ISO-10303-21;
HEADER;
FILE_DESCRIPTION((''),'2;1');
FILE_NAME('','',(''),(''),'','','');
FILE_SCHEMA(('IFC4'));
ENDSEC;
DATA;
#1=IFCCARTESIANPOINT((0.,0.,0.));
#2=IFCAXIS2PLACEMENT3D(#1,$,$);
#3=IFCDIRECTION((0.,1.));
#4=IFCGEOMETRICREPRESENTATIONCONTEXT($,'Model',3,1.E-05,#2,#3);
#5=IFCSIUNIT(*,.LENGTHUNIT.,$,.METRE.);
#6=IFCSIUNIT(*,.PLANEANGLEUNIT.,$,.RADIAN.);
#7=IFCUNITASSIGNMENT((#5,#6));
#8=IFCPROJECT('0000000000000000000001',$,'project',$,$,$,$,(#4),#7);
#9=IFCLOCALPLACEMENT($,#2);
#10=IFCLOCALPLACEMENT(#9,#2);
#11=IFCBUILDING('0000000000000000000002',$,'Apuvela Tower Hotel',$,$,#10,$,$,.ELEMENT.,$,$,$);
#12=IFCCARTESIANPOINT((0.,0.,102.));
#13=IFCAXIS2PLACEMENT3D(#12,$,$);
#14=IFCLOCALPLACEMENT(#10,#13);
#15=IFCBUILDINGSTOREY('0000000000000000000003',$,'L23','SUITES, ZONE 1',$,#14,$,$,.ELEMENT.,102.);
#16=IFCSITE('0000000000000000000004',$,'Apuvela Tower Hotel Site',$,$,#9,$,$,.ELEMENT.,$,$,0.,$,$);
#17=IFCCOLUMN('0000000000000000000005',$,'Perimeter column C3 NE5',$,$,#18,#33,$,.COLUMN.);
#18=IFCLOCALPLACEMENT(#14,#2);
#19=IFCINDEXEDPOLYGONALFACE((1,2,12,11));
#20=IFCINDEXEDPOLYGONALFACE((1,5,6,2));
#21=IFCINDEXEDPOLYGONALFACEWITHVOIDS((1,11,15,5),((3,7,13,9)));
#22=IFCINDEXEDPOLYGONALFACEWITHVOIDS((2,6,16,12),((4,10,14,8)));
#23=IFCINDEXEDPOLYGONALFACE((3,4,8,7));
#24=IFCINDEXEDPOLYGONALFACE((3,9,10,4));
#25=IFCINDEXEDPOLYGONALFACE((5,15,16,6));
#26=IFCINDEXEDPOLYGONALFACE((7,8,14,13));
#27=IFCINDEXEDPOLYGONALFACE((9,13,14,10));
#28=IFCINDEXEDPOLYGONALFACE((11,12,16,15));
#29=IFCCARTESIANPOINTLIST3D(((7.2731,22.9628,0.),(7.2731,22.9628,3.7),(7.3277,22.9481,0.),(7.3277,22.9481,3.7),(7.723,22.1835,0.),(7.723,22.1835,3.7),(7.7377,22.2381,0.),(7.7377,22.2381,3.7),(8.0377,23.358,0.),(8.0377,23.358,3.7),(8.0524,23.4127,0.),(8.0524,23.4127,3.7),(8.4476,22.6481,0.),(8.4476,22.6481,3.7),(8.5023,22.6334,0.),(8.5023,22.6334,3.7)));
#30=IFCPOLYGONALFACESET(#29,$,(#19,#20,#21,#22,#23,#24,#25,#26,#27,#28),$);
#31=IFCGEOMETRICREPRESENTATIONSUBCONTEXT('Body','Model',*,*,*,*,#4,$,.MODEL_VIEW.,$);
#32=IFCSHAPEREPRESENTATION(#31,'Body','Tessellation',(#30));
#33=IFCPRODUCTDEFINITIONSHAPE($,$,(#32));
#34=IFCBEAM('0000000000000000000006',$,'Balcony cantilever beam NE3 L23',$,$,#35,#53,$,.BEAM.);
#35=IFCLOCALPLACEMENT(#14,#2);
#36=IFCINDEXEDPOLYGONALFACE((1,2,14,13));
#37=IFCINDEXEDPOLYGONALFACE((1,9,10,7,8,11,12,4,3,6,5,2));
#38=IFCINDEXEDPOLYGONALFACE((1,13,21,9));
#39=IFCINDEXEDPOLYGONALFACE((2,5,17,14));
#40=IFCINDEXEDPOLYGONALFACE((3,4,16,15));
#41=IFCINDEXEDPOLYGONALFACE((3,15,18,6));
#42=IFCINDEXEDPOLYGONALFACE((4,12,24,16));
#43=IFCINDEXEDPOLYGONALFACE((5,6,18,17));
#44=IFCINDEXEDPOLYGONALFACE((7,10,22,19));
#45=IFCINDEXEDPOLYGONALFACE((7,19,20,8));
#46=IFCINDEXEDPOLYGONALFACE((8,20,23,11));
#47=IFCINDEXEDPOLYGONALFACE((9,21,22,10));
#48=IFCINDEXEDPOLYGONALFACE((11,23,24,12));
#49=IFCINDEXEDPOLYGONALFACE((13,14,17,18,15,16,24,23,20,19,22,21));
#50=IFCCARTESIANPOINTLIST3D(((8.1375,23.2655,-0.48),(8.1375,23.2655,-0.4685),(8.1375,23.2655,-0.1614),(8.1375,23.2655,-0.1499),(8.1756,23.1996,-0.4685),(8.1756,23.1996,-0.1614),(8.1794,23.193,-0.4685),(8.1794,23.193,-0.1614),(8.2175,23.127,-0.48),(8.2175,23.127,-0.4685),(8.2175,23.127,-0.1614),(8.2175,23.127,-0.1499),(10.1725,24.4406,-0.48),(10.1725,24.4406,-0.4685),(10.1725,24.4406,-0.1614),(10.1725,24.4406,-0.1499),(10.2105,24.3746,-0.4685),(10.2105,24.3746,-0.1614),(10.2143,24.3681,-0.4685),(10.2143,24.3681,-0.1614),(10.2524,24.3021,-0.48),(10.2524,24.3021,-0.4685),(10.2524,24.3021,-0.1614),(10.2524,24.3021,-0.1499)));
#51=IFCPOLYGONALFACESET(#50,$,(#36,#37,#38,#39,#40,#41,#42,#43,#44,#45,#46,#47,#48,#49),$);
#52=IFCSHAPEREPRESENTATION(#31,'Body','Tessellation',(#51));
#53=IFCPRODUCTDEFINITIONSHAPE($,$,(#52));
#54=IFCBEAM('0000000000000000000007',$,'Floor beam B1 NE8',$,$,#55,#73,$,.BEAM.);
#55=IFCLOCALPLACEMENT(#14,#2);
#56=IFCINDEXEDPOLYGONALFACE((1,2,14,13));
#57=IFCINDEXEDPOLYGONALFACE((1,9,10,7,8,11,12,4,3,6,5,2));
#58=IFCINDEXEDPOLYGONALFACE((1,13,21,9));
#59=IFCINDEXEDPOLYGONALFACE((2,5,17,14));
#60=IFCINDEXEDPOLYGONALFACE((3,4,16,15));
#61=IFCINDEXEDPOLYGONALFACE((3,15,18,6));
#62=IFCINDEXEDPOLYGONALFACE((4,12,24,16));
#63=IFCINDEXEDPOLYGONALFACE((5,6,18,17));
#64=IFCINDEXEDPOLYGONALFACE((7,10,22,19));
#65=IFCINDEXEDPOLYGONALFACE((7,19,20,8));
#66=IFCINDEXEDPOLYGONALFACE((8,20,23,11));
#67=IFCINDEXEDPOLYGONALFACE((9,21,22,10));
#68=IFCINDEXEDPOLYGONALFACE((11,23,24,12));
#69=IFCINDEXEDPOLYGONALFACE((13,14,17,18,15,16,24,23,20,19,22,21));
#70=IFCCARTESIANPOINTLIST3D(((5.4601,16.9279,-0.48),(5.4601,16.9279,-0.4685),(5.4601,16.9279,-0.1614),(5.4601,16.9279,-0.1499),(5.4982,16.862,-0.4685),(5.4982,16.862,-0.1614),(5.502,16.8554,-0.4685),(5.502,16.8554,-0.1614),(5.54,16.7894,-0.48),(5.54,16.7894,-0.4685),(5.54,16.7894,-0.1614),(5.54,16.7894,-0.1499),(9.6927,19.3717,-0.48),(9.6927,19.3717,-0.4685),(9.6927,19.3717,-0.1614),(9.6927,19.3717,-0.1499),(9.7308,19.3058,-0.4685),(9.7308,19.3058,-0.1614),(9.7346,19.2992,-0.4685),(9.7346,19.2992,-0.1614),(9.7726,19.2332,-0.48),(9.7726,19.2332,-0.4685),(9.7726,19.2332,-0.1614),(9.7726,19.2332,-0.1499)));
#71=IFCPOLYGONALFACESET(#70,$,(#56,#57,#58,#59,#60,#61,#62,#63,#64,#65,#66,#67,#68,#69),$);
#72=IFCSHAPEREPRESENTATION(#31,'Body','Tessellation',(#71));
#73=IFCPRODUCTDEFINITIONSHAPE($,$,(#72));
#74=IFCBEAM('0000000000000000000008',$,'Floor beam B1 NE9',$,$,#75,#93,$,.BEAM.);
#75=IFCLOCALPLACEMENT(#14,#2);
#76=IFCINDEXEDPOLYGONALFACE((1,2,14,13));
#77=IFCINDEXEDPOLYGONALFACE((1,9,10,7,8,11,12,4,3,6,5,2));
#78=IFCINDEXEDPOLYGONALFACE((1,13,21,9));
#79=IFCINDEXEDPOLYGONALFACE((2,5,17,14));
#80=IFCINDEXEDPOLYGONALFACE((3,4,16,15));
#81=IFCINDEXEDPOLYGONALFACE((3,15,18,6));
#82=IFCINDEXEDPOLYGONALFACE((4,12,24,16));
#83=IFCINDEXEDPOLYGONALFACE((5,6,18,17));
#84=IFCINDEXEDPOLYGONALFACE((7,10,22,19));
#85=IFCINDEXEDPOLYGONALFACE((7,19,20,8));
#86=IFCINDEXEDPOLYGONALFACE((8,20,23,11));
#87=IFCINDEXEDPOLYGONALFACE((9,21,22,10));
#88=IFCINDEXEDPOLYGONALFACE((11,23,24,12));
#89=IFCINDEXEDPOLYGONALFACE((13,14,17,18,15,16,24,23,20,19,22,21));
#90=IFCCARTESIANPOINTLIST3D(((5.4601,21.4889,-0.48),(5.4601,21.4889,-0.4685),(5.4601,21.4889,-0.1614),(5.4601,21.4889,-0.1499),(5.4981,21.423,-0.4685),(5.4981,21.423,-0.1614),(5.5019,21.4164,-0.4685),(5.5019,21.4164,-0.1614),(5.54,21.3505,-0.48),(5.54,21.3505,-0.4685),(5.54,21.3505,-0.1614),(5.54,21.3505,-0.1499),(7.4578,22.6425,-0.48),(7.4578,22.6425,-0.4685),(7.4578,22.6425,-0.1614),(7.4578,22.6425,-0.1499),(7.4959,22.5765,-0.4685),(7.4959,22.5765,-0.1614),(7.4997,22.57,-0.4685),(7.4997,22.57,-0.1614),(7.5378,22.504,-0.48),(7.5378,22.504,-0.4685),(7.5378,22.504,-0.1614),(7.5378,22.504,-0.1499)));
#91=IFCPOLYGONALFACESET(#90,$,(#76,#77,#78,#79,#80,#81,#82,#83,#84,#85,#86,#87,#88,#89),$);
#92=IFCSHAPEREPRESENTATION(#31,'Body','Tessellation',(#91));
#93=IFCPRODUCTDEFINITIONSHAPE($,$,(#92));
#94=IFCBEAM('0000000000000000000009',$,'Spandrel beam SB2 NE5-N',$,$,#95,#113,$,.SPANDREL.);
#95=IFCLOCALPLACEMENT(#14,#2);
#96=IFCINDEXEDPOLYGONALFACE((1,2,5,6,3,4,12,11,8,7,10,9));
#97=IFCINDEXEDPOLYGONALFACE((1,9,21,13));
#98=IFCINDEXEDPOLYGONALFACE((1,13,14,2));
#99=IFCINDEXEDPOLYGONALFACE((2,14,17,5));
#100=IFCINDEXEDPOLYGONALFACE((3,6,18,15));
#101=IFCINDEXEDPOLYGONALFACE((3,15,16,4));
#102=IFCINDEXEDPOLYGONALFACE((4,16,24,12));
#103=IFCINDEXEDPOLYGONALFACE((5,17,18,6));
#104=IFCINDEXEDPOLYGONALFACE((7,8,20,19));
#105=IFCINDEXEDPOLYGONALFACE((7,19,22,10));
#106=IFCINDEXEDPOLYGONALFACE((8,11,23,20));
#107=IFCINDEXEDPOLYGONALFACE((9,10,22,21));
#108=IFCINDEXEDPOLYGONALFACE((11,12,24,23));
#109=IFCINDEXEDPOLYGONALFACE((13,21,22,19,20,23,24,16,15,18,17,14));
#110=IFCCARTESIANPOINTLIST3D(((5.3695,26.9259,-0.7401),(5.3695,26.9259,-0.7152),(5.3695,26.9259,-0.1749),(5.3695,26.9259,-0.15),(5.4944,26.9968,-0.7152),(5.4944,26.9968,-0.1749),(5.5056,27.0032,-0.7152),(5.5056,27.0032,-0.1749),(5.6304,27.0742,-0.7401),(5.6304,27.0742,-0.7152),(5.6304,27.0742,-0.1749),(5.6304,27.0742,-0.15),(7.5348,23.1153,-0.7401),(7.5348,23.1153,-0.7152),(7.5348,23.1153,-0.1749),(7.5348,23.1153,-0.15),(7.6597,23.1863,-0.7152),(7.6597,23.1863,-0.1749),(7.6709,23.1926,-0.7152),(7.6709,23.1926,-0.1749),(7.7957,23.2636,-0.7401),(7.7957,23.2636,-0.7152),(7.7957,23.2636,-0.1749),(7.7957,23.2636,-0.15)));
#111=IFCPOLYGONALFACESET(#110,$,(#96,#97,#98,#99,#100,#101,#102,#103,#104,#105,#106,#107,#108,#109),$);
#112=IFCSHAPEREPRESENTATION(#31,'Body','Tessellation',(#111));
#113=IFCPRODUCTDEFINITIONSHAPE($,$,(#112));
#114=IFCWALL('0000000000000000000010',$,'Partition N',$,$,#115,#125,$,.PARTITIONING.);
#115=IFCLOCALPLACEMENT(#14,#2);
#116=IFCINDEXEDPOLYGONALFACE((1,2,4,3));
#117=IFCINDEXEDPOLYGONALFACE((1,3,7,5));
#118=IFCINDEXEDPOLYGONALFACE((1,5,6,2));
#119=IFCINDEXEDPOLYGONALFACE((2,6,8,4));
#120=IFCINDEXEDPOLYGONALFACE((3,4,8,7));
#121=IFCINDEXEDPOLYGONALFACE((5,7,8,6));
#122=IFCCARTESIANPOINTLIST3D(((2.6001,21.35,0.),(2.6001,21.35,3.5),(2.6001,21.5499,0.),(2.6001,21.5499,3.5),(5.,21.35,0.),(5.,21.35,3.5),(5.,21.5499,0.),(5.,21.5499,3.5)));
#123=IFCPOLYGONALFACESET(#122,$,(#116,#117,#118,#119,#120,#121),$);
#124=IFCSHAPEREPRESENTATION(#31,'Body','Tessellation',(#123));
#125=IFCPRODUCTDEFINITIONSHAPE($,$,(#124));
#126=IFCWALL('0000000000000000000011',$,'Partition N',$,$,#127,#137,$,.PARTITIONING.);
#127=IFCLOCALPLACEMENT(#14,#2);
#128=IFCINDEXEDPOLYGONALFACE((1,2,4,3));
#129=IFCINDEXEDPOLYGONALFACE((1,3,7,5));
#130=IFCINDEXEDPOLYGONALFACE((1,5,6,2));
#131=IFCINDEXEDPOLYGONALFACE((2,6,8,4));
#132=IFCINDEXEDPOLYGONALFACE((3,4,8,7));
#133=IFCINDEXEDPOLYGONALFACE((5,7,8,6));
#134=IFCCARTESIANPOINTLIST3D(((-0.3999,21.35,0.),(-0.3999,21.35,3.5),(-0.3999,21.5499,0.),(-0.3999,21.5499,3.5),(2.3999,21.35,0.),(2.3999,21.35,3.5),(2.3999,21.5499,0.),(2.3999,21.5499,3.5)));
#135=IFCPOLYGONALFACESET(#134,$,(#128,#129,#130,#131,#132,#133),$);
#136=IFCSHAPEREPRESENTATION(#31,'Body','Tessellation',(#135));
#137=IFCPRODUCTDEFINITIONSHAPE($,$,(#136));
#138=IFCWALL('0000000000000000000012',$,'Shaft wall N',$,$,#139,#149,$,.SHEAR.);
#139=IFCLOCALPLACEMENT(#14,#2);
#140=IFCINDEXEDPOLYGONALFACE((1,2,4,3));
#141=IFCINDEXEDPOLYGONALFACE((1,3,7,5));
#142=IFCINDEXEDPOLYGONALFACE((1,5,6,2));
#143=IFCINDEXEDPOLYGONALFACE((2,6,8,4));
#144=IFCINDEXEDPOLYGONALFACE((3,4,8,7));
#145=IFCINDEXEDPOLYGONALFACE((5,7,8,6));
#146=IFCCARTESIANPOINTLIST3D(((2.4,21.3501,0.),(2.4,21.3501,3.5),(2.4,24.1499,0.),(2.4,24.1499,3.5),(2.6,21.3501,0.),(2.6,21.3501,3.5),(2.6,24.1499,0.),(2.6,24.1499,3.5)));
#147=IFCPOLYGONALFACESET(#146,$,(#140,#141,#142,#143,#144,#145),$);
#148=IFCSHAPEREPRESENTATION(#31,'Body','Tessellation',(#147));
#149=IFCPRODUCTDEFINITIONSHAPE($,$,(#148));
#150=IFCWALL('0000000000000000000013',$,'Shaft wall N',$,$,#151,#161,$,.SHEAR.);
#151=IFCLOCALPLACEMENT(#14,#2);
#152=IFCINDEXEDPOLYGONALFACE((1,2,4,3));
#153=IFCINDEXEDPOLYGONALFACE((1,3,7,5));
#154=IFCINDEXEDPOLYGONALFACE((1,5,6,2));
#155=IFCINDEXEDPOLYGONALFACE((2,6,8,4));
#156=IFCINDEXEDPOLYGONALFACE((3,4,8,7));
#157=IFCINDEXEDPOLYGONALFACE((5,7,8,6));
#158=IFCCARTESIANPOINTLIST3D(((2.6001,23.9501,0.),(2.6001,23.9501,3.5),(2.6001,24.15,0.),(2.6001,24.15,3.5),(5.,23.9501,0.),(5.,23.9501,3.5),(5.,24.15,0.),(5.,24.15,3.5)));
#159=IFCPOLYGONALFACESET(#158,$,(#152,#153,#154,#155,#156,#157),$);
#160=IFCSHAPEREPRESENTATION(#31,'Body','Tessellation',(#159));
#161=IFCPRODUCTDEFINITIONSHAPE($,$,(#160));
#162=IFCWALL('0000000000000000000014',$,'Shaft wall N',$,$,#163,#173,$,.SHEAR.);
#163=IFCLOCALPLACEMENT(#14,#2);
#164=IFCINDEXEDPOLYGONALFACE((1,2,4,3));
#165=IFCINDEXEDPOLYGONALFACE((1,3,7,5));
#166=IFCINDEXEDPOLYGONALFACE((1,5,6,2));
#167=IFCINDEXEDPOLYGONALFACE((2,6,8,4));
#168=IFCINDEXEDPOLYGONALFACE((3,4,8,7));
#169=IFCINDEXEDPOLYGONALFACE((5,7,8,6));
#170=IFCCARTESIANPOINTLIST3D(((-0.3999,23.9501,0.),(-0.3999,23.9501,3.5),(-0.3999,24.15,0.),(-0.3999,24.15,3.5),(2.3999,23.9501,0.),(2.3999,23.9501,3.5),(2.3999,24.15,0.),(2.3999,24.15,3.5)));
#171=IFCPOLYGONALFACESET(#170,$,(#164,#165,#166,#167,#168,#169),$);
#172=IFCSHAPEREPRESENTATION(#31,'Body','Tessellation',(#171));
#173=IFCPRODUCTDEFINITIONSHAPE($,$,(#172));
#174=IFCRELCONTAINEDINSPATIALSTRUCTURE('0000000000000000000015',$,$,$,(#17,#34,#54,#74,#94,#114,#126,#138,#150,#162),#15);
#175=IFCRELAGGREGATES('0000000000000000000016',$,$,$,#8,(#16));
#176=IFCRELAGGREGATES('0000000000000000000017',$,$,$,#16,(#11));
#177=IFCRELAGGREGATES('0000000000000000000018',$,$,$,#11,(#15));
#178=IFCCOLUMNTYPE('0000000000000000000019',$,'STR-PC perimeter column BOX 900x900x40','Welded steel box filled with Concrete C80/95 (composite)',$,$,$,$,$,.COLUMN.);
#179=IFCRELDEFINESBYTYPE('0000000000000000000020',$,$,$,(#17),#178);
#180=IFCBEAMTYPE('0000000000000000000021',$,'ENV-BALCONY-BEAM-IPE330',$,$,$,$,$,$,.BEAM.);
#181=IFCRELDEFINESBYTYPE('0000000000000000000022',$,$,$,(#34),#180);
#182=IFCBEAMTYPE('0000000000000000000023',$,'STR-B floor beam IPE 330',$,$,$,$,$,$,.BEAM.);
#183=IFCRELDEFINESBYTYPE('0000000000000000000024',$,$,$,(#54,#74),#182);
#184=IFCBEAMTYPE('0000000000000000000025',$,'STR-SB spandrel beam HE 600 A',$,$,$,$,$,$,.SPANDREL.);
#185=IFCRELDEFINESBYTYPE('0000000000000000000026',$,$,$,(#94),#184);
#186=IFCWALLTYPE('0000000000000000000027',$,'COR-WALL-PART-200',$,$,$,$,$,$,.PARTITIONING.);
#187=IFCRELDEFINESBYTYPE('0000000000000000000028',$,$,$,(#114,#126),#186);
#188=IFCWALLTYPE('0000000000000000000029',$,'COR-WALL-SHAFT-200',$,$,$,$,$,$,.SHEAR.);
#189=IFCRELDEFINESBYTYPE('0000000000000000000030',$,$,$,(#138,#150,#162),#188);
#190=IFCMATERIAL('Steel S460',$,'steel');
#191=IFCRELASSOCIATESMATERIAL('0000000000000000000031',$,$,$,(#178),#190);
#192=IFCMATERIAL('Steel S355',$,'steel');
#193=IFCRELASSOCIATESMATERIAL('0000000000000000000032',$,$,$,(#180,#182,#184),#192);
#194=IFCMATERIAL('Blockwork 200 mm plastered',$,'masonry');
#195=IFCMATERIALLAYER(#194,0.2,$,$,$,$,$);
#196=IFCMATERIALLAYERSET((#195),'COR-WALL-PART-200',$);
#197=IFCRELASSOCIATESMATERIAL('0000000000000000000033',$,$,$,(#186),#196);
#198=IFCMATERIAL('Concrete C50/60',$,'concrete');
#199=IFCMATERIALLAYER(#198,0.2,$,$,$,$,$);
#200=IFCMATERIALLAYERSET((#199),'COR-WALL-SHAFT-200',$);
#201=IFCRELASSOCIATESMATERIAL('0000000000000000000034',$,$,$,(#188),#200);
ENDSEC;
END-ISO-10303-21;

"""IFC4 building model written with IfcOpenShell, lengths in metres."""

from ifc_helpers import new_model, si_unit, direction, frame, frame_2d, origin, origin_2d, place, context, subcontext, project, spatial, rectangle, hollow_rectangle, i_section, extrude, material, layer, layer_set, material_profile, profile_set, type_object, element, save


model = new_model("IFC4")

# Units and contexts
model_context = context("Model", 3, precision=1e-05, world=origin(), true_north=direction((0.0, 1.0)))
body_context = subcontext(model_context, "Body", "Model", "MODEL_VIEW")
ifc_project = project(units=[si_unit("LENGTHUNIT", "METRE"), si_unit("PLANEANGLEUNIT", "RADIAN")], contexts=[model_context])

# Site, building, storey
site_placement = place(None, origin())
site = spatial("IfcSite", under=ifc_project, at=site_placement, Name="Apuvela Tower Hotel Site", CompositionType="ELEMENT", RefElevation=0.0)
building_placement = place(site_placement, origin())
building = spatial("IfcBuilding", under=site, at=building_placement, Name="Apuvela Tower Hotel", CompositionType="ELEMENT")
storey_placement = place(building_placement, frame((0.0, 0.0, 102.0)))
storey = spatial("IfcBuildingStorey", under=building, at=storey_placement, Name="L23", Description="SUITES, ZONE 1", CompositionType="ELEMENT", Elevation=102.0)

# Column
ifc_material_1 = material(Name="Steel S460", Category="steel")
ifc_material_profile_1 = material_profile(ifc_material_1, hollow_rectangle(XDim=0.8999, YDim=0.8999, WallThickness=0.04, at=origin_2d()), Name="BOX 900x900x40")
ifc_material_2 = material(Name="Concrete C80/95", Category="concrete")
ifc_material_profile_2 = material_profile(ifc_material_2, rectangle(XDim=0.8201, YDim=0.8201, at=origin_2d()), Name="Concrete C80/95 infill")
ifc_profile_set_1 = profile_set([ifc_material_profile_1, ifc_material_profile_2], Name="Steel S460")
column_type = type_object("IfcColumnType", Name="STR-PC perimeter column BOX 900x900x40", Description="Welded steel box filled with Concrete C80/95 (composite)", PredefinedType="COLUMN", material=ifc_profile_set_1)
column_placement = place(storey_placement, frame((7.8877, 22.7981, 0.0), z_axis=(0.0, 0.0, 1.0), x_axis=(-0.5, 0.866025, 0.0)))
element("IfcColumn", 1, at=column_placement, inside=storey, type_object=column_type, Name="Perimeter column C3 NE5", PredefinedType="COLUMN", context=body_context, shape_type="SweptSolid", body=[
    extrude(hollow_rectangle(XDim=0.8999, YDim=0.8999, WallThickness=0.04, at=origin_2d()), origin(), (0.0, 0.0, 1.0), 3.7),
])

# Beams
ifc_material_3 = material(Name="Steel S355", Category="steel")
ifc_material_profile_3 = material_profile(ifc_material_3, i_section(OverallWidth=0.1599, OverallDepth=0.3301, WebThickness=0.0076, FlangeThickness=0.0115, at=origin_2d()), Name="IPE 330")
ifc_profile_set_2 = profile_set([ifc_material_profile_3], Name="Steel S355")
beam_type_1 = type_object("IfcBeamType", Name="ENV-BALCONY-BEAM-IPE330", PredefinedType="BEAM", material=ifc_profile_set_2)
beam_1_placement = place(storey_placement, frame((8.1775, 23.1963, -0.3149), z_axis=(0.86599, 0.500061, 0.0), x_axis=(-0.500061, 0.86599, 0.0)))
element("IfcBeam", 2, at=beam_1_placement, inside=storey, type_object=beam_type_1, Name="Balcony cantilever beam NE3 L23", PredefinedType="BEAM", context=body_context, shape_type="SweptSolid", body=[
    extrude(i_section(OverallWidth=0.1599, OverallDepth=0.3301, WebThickness=0.0076, FlangeThickness=0.0115, at=origin_2d()), origin(), (0.0, 0.0, 1.0), 2.3499),
])
ifc_material_profile_4 = material_profile(ifc_material_3, i_section(OverallWidth=0.1599, OverallDepth=0.3301, WebThickness=0.0076, FlangeThickness=0.0115, at=origin_2d()), Name="IPE 330")
ifc_profile_set_3 = profile_set([ifc_material_profile_4], Name="Steel S355")
beam_type_2 = type_object("IfcBeamType", Name="STR-B floor beam IPE 330", PredefinedType="BEAM", material=ifc_profile_set_3)
beam_2_placement = place(storey_placement, frame((9.7327, 19.3025, -0.3149), z_axis=(-0.866015, -0.500018, 0.0), x_axis=(0.500018, -0.866015, 0.0)))
element("IfcBeam", 3, at=beam_2_placement, inside=storey, type_object=beam_type_2, Name="Floor beam B1 NE8", PredefinedType="BEAM", context=body_context, shape_type="SweptSolid", body=[
    extrude(i_section(OverallWidth=0.1599, OverallDepth=0.3301, WebThickness=0.0076, FlangeThickness=0.0115, at=origin_2d()), origin(), (0.0, 0.0, 1.0), 4.8875),
])
beam_3_placement = place(storey_placement, frame((7.4978, 22.5732, -0.3149), z_axis=(-0.866001, -0.500043, 0.0), x_axis=(0.500043, -0.866001, 0.0)))
element("IfcBeam", 4, at=beam_3_placement, inside=storey, type_object=beam_type_2, Name="Floor beam B1 NE9", PredefinedType="BEAM", context=body_context, shape_type="SweptSolid", body=[
    extrude(i_section(OverallWidth=0.1599, OverallDepth=0.3301, WebThickness=0.0076, FlangeThickness=0.0115, at=origin_2d()), origin(), (0.0, 0.0, 1.0), 2.3069),
])
ifc_material_profile_5 = material_profile(ifc_material_3, i_section(OverallWidth=0.3, OverallDepth=0.5901, WebThickness=0.0129, FlangeThickness=0.0249, at=origin_2d()), Name="HE 600 A")
ifc_profile_set_4 = profile_set([ifc_material_profile_5], Name="Steel S355")
beam_type_3 = type_object("IfcBeamType", Name="STR-SB spandrel beam HE 600 A", PredefinedType="SPANDREL", material=ifc_profile_set_4)
beam_4_placement = place(storey_placement, frame((7.6653, 23.1895, -0.4451), z_axis=(-0.494044, 0.869437, 0.0), x_axis=(-0.869437, -0.494044, 0.0)))
element("IfcBeam", 5, at=beam_4_placement, inside=storey, type_object=beam_type_3, Name="Spandrel beam SB2 NE5-N", PredefinedType="SPANDREL", context=body_context, shape_type="SweptSolid", body=[
    extrude(i_section(OverallWidth=0.3, OverallDepth=0.5901, WebThickness=0.0129, FlangeThickness=0.0249, at=origin_2d()), origin(), (0.0, 0.0, 1.0), 4.3828),
])

# Walls
ifc_material_4 = material(Name="Blockwork 200 mm plastered", Category="masonry")
ifc_layer_1 = layer(ifc_material_4, 0.2)
ifc_layer_set_1 = layer_set([ifc_layer_1], Name="COR-WALL-PART-200")
wall_type_1 = type_object("IfcWallType", Name="COR-WALL-PART-200", PredefinedType="PARTITIONING", material=ifc_layer_set_1)
wall_1_placement = place(storey_placement, frame((5.0, 21.45, 0.0), z_axis=(0.0, 0.0, 1.0), x_axis=(-1.0, 0.0, 0.0)))
element("IfcWall", 6, at=wall_1_placement, inside=storey, type_object=wall_type_1, Name="Partition N", PredefinedType="PARTITIONING", context=body_context, shape_type="SweptSolid", body=[
    extrude(rectangle(XDim=2.3999, YDim=0.2, at=frame_2d((1.2, 0.0))), origin(), (0.0, 0.0, 1.0), 3.5),
])
wall_2_placement = place(storey_placement, frame((2.3999, 21.45, 0.0), z_axis=(0.0, 0.0, 1.0), x_axis=(-1.0, 0.0, 0.0)))
element("IfcWall", 7, at=wall_2_placement, inside=storey, type_object=wall_type_1, Name="Partition N", PredefinedType="PARTITIONING", context=body_context, shape_type="SweptSolid", body=[
    extrude(rectangle(XDim=2.7998, YDim=0.2, at=frame_2d((1.3999, 0.0))), origin(), (0.0, 0.0, 1.0), 3.5),
])
ifc_material_5 = material(Name="Concrete C50/60", Category="concrete")
ifc_layer_2 = layer(ifc_material_5, 0.2)
ifc_layer_set_2 = layer_set([ifc_layer_2], Name="COR-WALL-SHAFT-200")
wall_type_2 = type_object("IfcWallType", Name="COR-WALL-SHAFT-200", PredefinedType="SHEAR", material=ifc_layer_set_2)
wall_3_placement = place(storey_placement, frame((2.5, 21.3501, 0.0), z_axis=(0.0, 0.0, 1.0), x_axis=(0.0, 1.0, 0.0)))
element("IfcWall", 8, at=wall_3_placement, inside=storey, type_object=wall_type_2, Name="Shaft wall N", PredefinedType="SHEAR", context=body_context, shape_type="SweptSolid", body=[
    extrude(rectangle(XDim=2.7998, YDim=0.2, at=frame_2d((1.3999, 0.0))), origin(), (0.0, 0.0, 1.0), 3.5),
])
wall_4_placement = place(storey_placement, frame((5.0, 24.05, 0.0), z_axis=(0.0, 0.0, 1.0), x_axis=(-1.0, 0.0, 0.0)))
element("IfcWall", 9, at=wall_4_placement, inside=storey, type_object=wall_type_2, Name="Shaft wall N", PredefinedType="SHEAR", context=body_context, shape_type="SweptSolid", body=[
    extrude(rectangle(XDim=2.3999, YDim=0.2, at=frame_2d((1.2, 0.0))), origin(), (0.0, 0.0, 1.0), 3.5),
])
wall_5_placement = place(storey_placement, frame((2.3999, 24.05, 0.0), z_axis=(0.0, 0.0, 1.0), x_axis=(-1.0, 0.0, 0.0)))
element("IfcWall", 10, at=wall_5_placement, inside=storey, type_object=wall_type_2, Name="Shaft wall N", PredefinedType="SHEAR", context=body_context, shape_type="SweptSolid", body=[
    extrude(rectangle(XDim=2.7998, YDim=0.2, at=frame_2d((1.3999, 0.0))), origin(), (0.0, 0.0, 1.0), 3.5),
])

save(model, "model.ifc")
